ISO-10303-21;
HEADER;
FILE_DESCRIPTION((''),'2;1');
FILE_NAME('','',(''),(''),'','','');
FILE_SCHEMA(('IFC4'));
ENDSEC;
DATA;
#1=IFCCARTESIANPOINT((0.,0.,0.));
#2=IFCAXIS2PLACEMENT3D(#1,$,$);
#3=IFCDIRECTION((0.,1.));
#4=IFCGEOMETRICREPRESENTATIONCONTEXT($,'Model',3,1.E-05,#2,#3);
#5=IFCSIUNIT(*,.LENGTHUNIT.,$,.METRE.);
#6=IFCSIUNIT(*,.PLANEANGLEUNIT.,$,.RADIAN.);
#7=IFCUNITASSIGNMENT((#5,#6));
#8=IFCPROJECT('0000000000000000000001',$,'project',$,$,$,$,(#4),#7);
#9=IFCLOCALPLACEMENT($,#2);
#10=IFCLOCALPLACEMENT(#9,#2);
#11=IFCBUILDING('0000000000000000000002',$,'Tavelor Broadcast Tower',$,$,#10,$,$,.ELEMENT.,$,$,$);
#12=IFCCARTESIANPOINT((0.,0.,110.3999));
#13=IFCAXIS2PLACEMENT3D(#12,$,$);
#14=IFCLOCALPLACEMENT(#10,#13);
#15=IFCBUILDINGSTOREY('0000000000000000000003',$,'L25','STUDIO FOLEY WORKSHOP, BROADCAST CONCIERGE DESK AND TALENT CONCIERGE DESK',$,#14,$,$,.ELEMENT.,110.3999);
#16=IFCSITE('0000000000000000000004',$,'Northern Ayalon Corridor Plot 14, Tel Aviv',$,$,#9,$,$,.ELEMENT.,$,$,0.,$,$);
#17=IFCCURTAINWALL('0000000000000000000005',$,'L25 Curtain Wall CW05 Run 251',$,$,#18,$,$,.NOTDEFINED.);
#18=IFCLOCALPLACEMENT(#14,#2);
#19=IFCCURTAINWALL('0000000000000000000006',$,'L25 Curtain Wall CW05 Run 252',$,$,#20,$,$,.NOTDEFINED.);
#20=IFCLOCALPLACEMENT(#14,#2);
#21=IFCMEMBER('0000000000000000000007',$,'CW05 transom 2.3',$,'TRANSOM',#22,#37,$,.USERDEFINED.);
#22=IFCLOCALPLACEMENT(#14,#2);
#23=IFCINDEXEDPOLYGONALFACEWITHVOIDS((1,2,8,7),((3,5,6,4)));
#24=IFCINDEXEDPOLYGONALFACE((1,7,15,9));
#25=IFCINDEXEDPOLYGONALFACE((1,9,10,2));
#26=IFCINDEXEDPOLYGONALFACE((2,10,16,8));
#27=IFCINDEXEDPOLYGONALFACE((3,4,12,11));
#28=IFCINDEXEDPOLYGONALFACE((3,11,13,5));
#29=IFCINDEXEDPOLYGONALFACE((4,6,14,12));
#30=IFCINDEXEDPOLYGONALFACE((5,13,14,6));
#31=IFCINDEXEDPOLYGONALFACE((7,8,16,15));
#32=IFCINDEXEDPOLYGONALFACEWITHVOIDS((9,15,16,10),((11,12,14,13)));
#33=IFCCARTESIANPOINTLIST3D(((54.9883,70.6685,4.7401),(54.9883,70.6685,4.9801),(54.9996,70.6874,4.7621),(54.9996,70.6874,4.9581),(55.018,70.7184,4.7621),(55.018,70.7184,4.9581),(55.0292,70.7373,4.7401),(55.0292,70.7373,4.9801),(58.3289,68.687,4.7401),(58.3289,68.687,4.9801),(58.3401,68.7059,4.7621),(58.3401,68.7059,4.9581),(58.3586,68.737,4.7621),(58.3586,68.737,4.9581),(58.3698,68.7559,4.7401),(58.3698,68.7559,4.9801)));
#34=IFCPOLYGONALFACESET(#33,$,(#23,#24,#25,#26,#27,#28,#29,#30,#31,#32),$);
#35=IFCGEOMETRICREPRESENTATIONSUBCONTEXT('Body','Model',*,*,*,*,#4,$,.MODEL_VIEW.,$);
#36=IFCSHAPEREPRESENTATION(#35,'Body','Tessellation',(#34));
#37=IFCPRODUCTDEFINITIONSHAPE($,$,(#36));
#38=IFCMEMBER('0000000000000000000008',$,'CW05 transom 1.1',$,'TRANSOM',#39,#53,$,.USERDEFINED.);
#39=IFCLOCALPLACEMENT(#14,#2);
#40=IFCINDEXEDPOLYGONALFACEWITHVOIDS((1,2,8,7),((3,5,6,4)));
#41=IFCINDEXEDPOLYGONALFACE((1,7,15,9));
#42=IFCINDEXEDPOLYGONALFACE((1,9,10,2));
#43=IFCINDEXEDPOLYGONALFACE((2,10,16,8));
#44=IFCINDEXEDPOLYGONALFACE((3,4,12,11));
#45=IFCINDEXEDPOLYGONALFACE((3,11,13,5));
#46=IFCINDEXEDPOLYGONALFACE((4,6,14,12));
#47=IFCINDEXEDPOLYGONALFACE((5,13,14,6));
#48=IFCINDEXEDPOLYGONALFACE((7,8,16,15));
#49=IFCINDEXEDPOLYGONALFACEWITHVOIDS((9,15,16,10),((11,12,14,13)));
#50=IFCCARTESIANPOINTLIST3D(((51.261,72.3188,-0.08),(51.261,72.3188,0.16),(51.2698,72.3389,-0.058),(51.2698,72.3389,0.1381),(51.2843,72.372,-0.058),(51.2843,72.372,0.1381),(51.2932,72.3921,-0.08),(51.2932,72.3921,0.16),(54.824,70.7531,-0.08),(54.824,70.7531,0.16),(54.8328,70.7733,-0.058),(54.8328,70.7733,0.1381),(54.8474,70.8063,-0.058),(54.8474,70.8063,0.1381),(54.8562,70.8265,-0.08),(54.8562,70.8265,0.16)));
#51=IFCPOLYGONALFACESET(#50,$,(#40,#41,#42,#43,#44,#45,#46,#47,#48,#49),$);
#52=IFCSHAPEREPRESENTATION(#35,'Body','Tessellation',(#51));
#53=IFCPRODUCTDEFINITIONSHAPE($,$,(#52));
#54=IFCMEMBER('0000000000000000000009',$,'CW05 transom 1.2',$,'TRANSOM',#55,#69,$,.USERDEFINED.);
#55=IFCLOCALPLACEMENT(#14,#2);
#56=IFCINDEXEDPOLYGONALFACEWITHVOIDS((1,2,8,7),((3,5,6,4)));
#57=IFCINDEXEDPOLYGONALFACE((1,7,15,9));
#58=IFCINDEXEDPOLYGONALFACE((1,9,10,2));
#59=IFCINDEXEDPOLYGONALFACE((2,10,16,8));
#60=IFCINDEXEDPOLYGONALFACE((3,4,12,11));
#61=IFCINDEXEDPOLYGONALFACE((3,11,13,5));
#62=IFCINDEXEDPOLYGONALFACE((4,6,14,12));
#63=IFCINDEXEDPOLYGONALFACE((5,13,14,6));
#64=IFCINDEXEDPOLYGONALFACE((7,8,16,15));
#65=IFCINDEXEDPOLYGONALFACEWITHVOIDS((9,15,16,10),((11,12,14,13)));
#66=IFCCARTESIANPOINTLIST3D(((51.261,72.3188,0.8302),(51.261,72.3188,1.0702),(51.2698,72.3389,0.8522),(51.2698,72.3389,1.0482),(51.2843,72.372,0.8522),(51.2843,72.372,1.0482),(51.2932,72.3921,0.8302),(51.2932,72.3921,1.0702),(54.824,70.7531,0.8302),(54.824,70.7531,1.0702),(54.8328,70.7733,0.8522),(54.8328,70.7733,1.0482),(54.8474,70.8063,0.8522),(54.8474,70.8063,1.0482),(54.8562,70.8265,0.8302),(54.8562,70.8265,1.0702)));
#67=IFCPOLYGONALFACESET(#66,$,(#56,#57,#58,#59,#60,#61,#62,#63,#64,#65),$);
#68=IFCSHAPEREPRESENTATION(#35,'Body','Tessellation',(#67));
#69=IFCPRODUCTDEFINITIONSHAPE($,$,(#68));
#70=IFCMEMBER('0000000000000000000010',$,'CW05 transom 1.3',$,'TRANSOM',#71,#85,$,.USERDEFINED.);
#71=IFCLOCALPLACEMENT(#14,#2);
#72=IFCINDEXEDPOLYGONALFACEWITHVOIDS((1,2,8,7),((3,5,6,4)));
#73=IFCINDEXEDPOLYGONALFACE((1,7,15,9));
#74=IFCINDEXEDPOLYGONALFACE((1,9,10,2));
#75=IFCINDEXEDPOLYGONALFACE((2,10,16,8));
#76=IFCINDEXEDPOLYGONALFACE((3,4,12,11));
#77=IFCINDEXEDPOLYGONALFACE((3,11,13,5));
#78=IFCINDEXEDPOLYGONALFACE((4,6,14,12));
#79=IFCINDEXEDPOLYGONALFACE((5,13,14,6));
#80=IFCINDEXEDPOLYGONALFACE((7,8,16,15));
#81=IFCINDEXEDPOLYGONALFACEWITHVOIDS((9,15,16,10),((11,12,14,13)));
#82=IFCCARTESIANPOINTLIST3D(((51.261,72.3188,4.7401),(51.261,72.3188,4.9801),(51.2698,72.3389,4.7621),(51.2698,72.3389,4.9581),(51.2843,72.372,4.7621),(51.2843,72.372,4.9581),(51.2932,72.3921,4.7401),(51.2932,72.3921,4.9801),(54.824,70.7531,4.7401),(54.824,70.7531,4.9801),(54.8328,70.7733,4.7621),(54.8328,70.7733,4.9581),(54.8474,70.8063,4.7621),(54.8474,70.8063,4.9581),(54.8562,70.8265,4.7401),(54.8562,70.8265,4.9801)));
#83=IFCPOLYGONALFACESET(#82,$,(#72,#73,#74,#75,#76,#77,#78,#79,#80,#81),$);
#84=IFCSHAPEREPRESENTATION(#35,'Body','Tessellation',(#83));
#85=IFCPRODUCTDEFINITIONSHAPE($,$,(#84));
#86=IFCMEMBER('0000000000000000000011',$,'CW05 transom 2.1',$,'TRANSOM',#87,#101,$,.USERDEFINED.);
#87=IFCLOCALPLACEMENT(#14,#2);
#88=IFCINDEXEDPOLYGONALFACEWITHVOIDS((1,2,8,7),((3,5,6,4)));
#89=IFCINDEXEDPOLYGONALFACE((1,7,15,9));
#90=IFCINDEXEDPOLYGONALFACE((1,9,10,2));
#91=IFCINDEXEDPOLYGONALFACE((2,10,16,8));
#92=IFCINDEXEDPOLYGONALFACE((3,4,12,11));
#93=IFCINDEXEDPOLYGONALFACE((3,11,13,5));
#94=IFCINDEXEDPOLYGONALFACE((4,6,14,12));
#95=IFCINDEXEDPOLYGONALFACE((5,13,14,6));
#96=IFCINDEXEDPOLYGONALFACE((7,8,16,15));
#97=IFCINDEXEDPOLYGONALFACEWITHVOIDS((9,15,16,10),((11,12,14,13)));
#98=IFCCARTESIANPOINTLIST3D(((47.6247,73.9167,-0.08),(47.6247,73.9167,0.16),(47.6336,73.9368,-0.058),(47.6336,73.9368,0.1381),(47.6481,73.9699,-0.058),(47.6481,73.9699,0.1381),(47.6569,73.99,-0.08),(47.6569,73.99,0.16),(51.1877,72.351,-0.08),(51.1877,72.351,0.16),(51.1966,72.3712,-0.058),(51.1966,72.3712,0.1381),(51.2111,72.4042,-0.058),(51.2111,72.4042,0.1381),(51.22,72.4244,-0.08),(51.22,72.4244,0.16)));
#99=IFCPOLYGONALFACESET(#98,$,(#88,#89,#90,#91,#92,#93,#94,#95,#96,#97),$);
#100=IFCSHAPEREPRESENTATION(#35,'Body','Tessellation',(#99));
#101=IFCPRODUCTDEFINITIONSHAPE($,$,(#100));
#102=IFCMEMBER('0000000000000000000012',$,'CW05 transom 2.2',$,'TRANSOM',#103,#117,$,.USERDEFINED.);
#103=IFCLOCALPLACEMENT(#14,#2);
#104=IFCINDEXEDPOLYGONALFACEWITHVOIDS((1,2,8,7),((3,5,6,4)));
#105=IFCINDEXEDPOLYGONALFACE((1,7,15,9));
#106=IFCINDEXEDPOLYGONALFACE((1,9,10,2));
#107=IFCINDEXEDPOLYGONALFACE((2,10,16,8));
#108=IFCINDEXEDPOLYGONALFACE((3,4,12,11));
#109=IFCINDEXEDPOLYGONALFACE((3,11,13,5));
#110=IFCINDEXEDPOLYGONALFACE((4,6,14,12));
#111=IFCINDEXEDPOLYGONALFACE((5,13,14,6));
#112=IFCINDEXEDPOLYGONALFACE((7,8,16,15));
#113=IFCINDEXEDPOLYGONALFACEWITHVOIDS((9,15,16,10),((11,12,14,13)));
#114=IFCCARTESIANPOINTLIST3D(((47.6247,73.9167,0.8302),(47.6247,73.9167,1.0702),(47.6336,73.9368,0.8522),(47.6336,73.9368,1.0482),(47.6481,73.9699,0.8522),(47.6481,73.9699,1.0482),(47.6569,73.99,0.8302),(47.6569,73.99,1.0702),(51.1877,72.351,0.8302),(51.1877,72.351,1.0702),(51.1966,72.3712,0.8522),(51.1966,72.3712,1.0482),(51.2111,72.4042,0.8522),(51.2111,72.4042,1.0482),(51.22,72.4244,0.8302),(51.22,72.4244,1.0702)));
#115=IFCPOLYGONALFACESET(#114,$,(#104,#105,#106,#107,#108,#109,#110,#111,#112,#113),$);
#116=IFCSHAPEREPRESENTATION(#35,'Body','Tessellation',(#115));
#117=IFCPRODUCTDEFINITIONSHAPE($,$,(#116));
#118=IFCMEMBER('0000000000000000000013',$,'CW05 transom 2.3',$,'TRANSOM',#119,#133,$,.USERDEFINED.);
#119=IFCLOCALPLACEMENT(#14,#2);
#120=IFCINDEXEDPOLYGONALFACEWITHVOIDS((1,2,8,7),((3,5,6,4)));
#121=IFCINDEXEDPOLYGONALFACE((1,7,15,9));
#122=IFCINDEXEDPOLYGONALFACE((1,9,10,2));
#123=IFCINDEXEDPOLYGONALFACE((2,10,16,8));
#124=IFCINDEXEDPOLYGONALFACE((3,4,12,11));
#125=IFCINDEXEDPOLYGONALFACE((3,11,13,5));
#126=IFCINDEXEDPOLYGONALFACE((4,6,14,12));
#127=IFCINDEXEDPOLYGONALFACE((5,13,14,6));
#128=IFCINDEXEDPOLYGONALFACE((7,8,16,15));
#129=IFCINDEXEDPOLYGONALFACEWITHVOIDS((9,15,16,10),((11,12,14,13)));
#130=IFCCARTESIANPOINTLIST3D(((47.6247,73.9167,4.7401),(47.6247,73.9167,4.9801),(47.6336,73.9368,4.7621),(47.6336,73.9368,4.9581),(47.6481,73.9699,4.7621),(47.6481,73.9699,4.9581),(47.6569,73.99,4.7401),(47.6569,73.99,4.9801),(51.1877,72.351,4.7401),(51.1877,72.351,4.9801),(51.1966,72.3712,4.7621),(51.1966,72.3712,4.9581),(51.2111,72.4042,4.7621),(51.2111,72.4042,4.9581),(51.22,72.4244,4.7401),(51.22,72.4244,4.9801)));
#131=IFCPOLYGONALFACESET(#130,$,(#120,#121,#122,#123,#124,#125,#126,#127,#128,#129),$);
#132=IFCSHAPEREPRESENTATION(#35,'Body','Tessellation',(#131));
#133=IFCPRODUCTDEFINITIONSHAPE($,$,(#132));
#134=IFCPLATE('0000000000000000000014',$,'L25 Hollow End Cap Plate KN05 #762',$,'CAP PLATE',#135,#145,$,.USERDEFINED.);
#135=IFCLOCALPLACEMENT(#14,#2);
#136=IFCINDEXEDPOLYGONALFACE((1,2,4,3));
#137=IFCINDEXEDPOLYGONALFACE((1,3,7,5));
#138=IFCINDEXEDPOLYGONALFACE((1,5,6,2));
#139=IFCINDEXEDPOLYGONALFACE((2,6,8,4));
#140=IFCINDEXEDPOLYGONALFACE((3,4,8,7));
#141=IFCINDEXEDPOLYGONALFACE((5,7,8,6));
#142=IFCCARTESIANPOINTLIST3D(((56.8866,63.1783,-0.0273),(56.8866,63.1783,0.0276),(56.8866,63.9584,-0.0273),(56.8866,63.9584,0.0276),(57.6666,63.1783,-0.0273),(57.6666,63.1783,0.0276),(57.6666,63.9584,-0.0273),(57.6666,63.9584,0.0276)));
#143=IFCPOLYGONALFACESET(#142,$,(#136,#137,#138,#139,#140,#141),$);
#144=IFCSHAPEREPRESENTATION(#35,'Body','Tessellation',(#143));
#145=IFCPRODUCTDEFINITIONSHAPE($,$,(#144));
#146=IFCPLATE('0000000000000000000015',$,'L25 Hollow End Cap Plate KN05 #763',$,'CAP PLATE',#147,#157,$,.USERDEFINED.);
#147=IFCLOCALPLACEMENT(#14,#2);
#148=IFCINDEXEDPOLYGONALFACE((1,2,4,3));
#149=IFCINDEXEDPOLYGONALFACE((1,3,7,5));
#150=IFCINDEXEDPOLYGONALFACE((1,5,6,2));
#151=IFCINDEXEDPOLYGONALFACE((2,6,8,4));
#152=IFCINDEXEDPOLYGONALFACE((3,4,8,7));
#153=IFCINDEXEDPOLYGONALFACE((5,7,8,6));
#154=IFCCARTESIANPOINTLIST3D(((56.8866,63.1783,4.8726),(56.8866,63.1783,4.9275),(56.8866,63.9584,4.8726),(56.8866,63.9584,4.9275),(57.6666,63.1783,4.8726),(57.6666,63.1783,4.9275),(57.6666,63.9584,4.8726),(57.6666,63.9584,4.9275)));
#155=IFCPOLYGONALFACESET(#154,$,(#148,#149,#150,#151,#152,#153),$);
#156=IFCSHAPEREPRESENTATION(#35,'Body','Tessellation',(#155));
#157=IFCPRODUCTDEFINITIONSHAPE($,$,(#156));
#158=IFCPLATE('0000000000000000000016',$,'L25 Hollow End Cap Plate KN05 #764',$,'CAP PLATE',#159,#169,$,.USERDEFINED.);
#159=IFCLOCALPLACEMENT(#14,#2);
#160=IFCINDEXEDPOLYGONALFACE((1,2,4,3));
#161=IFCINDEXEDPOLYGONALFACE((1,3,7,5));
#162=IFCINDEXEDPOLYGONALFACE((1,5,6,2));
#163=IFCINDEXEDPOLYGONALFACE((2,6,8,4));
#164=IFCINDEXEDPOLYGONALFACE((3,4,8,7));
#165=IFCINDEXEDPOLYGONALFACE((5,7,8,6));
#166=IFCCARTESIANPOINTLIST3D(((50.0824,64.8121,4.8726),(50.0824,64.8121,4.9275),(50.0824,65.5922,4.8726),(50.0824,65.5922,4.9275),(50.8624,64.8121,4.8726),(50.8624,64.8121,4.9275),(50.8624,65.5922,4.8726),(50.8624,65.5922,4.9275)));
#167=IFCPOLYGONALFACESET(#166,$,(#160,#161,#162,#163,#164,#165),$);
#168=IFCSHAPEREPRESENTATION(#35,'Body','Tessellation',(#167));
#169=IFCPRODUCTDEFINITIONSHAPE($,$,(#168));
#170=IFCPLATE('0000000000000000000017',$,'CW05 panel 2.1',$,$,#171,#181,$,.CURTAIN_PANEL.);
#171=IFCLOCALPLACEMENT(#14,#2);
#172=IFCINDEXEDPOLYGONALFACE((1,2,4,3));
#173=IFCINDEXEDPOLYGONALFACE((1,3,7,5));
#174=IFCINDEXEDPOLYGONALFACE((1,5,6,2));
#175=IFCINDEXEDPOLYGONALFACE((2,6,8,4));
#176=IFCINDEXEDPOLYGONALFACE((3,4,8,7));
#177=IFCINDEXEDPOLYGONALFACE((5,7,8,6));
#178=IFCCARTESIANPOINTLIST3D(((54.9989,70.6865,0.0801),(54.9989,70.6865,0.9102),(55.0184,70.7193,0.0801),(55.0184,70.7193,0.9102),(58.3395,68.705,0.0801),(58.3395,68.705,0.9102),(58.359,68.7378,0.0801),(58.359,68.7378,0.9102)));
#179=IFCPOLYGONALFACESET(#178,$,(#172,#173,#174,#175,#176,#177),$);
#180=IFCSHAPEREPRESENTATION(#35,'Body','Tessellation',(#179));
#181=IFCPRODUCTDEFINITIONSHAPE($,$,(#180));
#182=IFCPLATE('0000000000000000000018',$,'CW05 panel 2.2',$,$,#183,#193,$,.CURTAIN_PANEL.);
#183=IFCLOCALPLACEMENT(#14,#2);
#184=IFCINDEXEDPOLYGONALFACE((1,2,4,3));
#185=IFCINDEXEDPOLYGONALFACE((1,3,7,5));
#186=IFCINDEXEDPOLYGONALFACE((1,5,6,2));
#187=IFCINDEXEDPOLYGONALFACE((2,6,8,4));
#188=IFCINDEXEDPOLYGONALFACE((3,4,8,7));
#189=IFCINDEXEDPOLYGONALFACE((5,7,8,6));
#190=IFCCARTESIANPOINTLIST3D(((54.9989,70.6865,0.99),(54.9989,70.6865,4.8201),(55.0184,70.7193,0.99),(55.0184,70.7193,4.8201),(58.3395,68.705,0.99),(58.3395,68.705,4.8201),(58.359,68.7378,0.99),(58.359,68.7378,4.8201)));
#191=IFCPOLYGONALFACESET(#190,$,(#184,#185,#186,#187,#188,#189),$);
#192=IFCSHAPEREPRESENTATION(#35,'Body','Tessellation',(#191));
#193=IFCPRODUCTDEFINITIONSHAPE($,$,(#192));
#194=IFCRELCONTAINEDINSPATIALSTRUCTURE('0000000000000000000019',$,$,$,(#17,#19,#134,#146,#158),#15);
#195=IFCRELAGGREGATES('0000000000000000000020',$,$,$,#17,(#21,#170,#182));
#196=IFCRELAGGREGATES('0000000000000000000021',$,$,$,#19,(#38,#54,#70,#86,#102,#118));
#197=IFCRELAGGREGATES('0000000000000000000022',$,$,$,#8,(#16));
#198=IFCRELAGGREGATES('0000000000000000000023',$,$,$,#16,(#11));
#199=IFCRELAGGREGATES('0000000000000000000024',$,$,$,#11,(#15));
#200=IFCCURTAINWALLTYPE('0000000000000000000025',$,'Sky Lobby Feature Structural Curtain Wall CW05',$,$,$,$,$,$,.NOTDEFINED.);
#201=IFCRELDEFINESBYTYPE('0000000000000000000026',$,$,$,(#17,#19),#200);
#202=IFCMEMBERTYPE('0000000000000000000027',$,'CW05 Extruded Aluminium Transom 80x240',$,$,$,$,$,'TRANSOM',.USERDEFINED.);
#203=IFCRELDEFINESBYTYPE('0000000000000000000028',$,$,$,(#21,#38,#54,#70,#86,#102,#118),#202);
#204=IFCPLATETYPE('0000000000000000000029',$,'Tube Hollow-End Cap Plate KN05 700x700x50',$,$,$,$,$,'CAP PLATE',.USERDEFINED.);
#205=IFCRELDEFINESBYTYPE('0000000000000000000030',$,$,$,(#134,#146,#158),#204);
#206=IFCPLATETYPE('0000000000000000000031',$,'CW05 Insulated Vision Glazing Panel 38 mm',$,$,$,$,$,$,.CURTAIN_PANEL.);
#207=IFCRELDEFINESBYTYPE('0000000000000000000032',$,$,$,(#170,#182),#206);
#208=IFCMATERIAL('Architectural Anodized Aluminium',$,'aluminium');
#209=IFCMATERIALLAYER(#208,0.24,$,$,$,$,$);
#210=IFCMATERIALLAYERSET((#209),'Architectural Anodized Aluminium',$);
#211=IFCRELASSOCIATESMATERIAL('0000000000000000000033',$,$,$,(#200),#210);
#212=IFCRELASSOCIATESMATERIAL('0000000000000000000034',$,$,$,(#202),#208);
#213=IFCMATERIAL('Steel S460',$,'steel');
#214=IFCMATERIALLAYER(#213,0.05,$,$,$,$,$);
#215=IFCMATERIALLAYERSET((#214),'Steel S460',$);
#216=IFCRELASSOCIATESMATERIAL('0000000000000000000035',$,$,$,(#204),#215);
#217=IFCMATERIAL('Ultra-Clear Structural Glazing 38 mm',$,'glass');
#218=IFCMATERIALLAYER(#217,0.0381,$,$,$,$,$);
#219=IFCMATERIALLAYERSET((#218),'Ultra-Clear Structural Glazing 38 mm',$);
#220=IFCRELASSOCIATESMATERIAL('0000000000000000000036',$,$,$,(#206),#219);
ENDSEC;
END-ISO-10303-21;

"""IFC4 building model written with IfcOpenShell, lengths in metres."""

from ifc_helpers import new_model, si_unit, direction, frame, origin, origin_2d, place, context, subcontext, project, spatial, rectangle, hollow_rectangle, extrude, source, transform, mapped, material, layer, layer_set, material_profile, profile_set, type_object, type_shapes, element, aggregate, save


model = new_model("IFC4")

# Units and contexts
model_context = context("Model", 3, precision=1e-05, world=origin(), true_north=direction((0.0, 1.0)))
body_context = subcontext(model_context, "Body", "Model", "MODEL_VIEW")
ifc_project = project(units=[si_unit("LENGTHUNIT", "METRE"), si_unit("PLANEANGLEUNIT", "RADIAN")], contexts=[model_context])

# Site, building, storey
site_placement = place(None, origin())
site = spatial("IfcSite", under=ifc_project, at=site_placement, Name="Northern Ayalon Corridor Plot 14, Tel Aviv", CompositionType="ELEMENT", RefElevation=0.0)
building_placement = place(site_placement, origin())
building = spatial("IfcBuilding", under=site, at=building_placement, Name="Tavelor Broadcast Tower", CompositionType="ELEMENT")
storey_placement = place(building_placement, frame((0.0, 0.0, 110.3999)))
storey = spatial("IfcBuildingStorey", under=building, at=storey_placement, Name="L25", Description="STUDIO FOLEY WORKSHOP, BROADCAST CONCIERGE DESK AND TALENT CONCIERGE DESK", CompositionType="ELEMENT", Elevation=110.3999)

# Shared definitions
ifc_material_1 = material(Name="Steel S460", Category="steel")

# Curtain walls
ifc_material_2 = material(Name="Architectural Anodized Aluminium", Category="aluminium")
ifc_layer_1 = layer(ifc_material_2, 0.24)
ifc_layer_set_1 = layer_set([ifc_layer_1], Name="Architectural Anodized Aluminium")
curtain_wall_type = type_object("IfcCurtainWallType", Name="Sky Lobby Feature Structural Curtain Wall CW05", PredefinedType="NOTDEFINED", material=ifc_layer_set_1)
curtain_wall_1_placement = place(storey_placement, origin())
curtain_wall_1 = element("IfcCurtainWall", 1, at=curtain_wall_1_placement, inside=storey, type_object=curtain_wall_type, Name="L25 Curtain Wall CW05 Run 251", PredefinedType="NOTDEFINED")
curtain_wall_2_placement = place(storey_placement, origin())
curtain_wall_2 = element("IfcCurtainWall", 2, at=curtain_wall_2_placement, inside=storey, type_object=curtain_wall_type, Name="L25 Curtain Wall CW05 Run 252", PredefinedType="NOTDEFINED")

# Members
ifc_material_profile_1 = material_profile(ifc_material_2, hollow_rectangle(XDim=0.0801, YDim=0.24, WallThickness=0.022, at=origin_2d()), Name="RHS 80x240x22")
ifc_profile_set_1 = profile_set([ifc_material_profile_1], Name="Architectural Anodized Aluminium")
member_type_1 = type_object("IfcMemberType", Name="CW05 Extruded Aluminium Transom 80x240", ElementType="TRANSOM", PredefinedType="USERDEFINED", material=ifc_profile_set_1)
shared_shape_1 = source(origin(), body_context, "Body", "SweptSolid", [
    extrude(hollow_rectangle(XDim=0.0801, YDim=0.24, WallThickness=0.022, at=origin_2d()), origin(), (0.0, 0.0, 1.0), 3.884),
])
member_1_placement = place(storey_placement, frame((58.3494, 68.7214, 4.8601), z_axis=(-0.860083, 0.510154, 0.0), x_axis=(-0.510154, -0.860083, 0.0)))
member_1 = element("IfcMember", 3, at=member_1_placement, type_object=member_type_1, Name="CW05 transom 2.3", ObjectType="TRANSOM", PredefinedType="USERDEFINED", context=body_context, shape_type="MappedRepresentation", body=[
    mapped(shared_shape_1, transform((0.0, 0.0, 0.0), scale=1.0)),
])
shared_shape_2 = source(origin(), body_context, "Body", "SweptSolid", [
    extrude(hollow_rectangle(XDim=0.0801, YDim=0.24, WallThickness=0.022, at=origin_2d()), origin(), (0.0, 0.0, 1.0), 3.8918),
])
type_shapes(member_type_1, [shared_shape_1, shared_shape_2])
member_2_placement = place(storey_placement, frame((54.8401, 70.7898, 0.04), z_axis=(-0.915508, 0.402299, 0.0), x_axis=(-0.402299, -0.915508, 0.0)))
member_2 = element("IfcMember", 4, at=member_2_placement, type_object=member_type_1, Name="CW05 transom 1.1", ObjectType="TRANSOM", PredefinedType="USERDEFINED", context=body_context, shape_type="MappedRepresentation", body=[
    mapped(shared_shape_2, transform((0.0, 0.0, 0.0), scale=1.0)),
])
member_3_placement = place(storey_placement, frame((54.8401, 70.7898, 0.9502), z_axis=(-0.915508, 0.402299, 0.0), x_axis=(-0.402299, -0.915508, 0.0)))
member_3 = element("IfcMember", 5, at=member_3_placement, type_object=member_type_1, Name="CW05 transom 1.2", ObjectType="TRANSOM", PredefinedType="USERDEFINED", context=body_context, shape_type="MappedRepresentation", body=[
    mapped(shared_shape_2, transform((0.0, 0.0, 0.0), scale=1.0)),
])
member_4_placement = place(storey_placement, frame((54.8401, 70.7898, 4.8601), z_axis=(-0.915508, 0.402299, 0.0), x_axis=(-0.402299, -0.915508, 0.0)))
member_4 = element("IfcMember", 6, at=member_4_placement, type_object=member_type_1, Name="CW05 transom 1.3", ObjectType="TRANSOM", PredefinedType="USERDEFINED", context=body_context, shape_type="MappedRepresentation", body=[
    mapped(shared_shape_2, transform((0.0, 0.0, 0.0), scale=1.0)),
])
member_5_placement = place(storey_placement, frame((51.2039, 72.3877, 0.04), z_axis=(-0.915508, 0.402299, 0.0), x_axis=(-0.402299, -0.915508, 0.0)))
member_5 = element("IfcMember", 7, at=member_5_placement, type_object=member_type_1, Name="CW05 transom 2.1", ObjectType="TRANSOM", PredefinedType="USERDEFINED", context=body_context, shape_type="MappedRepresentation", body=[
    mapped(shared_shape_2, transform((0.0, 0.0, 0.0), scale=1.0)),
])
member_6_placement = place(storey_placement, frame((51.2039, 72.3877, 0.9502), z_axis=(-0.915508, 0.402299, 0.0), x_axis=(-0.402299, -0.915508, 0.0)))
member_6 = element("IfcMember", 8, at=member_6_placement, type_object=member_type_1, Name="CW05 transom 2.2", ObjectType="TRANSOM", PredefinedType="USERDEFINED", context=body_context, shape_type="MappedRepresentation", body=[
    mapped(shared_shape_2, transform((0.0, 0.0, 0.0), scale=1.0)),
])
member_7_placement = place(storey_placement, frame((51.2039, 72.3877, 4.8601), z_axis=(-0.915508, 0.402299, 0.0), x_axis=(-0.402299, -0.915508, 0.0)))
member_7 = element("IfcMember", 9, at=member_7_placement, type_object=member_type_1, Name="CW05 transom 2.3", ObjectType="TRANSOM", PredefinedType="USERDEFINED", context=body_context, shape_type="MappedRepresentation", body=[
    mapped(shared_shape_2, transform((0.0, 0.0, 0.0), scale=1.0)),
])

# Plates
ifc_layer_2 = layer(ifc_material_1, 0.05)
ifc_layer_set_2 = layer_set([ifc_layer_2], Name="Steel S460")
plate_type_1 = type_object("IfcPlateType", Name="Tube Hollow-End Cap Plate KN05 700x700x50", ElementType="CAP PLATE", PredefinedType="USERDEFINED", material=ifc_layer_set_2)
shared_shape_3 = source(origin(), body_context, "Body", "SweptSolid", [
    extrude(rectangle(XDim=0.78, YDim=0.78, at=origin_2d()), origin(), (0.0, 0.0, 1.0), 0.0549),
])
type_shapes(plate_type_1, [shared_shape_3])
for number, where, z_axis, x_axis, name in (
    (10, (57.2766, 63.5684, -0.0273), (0.0, 0.0, 1.0), (1.0, 0.0, 0.0), "L25 Hollow End Cap Plate KN05 #762"),
    (11, (57.2766, 63.5684, 4.8726), (0.0, 0.0, 1.0), (1.0, 0.0, 0.0), "L25 Hollow End Cap Plate KN05 #763"),
    (12, (50.4724, 65.2021, 4.8726), (0.0, 0.0, 1.0), (1.0, 0.0, 0.0), "L25 Hollow End Cap Plate KN05 #764"),
):
    element("IfcPlate", number, at=place(storey_placement, frame(where, z_axis=z_axis, x_axis=x_axis)), inside=storey, type_object=plate_type_1, Name=name, ObjectType="CAP PLATE", PredefinedType="USERDEFINED", context=body_context, shape_type="MappedRepresentation", body=[
        mapped(shared_shape_3, transform((0.0, 0.0, 0.0), scale=1.0)),
    ])

# Plates
ifc_material_3 = material(Name="Ultra-Clear Structural Glazing 38 mm", Category="glass")
ifc_layer_3 = layer(ifc_material_3, 0.0381)
ifc_layer_set_3 = layer_set([ifc_layer_3], Name="Ultra-Clear Structural Glazing 38 mm")
plate_type_2 = type_object("IfcPlateType", Name="CW05 Insulated Vision Glazing Panel 38 mm", PredefinedType="CURTAIN_PANEL", material=ifc_layer_set_3)
shared_shape_4 = source(origin(), body_context, "Body", "SweptSolid", [
    extrude(rectangle(XDim=3.884, YDim=0.0381, at=origin_2d()), origin(), (0.0, 0.0, 1.0), 0.8301),
])
plate_1_placement = place(storey_placement, frame((56.679, 69.7122, 0.0801), z_axis=(0.0, 0.0, 1.0), x_axis=(-0.860082, 0.510155, 0.0)))
plate_1 = element("IfcPlate", 13, at=plate_1_placement, type_object=plate_type_2, Name="CW05 panel 2.1", PredefinedType="CURTAIN_PANEL", context=body_context, shape_type="MappedRepresentation", body=[
    mapped(shared_shape_4, transform((0.0, 0.0, 0.0), scale=1.0)),
])
shared_shape_5 = source(origin(), body_context, "Body", "SweptSolid", [
    extrude(rectangle(XDim=3.884, YDim=0.0381, at=origin_2d()), origin(), (0.0, 0.0, 1.0), 3.8301),
])
plate_2_placement = place(storey_placement, frame((56.679, 69.7122, 0.99), z_axis=(0.0, 0.0, 1.0), x_axis=(-0.860082, 0.510155, 0.0)))
plate_2 = element("IfcPlate", 14, at=plate_2_placement, type_object=plate_type_2, Name="CW05 panel 2.2", PredefinedType="CURTAIN_PANEL", context=body_context, shape_type="MappedRepresentation", body=[
    mapped(shared_shape_5, transform((0.0, 0.0, 0.0), scale=1.0)),
])
aggregate(curtain_wall_1, [member_1, plate_1, plate_2])
aggregate(curtain_wall_2, [member_2, member_3, member_4, member_5, member_6, member_7])

save(model, "model.ifc")
